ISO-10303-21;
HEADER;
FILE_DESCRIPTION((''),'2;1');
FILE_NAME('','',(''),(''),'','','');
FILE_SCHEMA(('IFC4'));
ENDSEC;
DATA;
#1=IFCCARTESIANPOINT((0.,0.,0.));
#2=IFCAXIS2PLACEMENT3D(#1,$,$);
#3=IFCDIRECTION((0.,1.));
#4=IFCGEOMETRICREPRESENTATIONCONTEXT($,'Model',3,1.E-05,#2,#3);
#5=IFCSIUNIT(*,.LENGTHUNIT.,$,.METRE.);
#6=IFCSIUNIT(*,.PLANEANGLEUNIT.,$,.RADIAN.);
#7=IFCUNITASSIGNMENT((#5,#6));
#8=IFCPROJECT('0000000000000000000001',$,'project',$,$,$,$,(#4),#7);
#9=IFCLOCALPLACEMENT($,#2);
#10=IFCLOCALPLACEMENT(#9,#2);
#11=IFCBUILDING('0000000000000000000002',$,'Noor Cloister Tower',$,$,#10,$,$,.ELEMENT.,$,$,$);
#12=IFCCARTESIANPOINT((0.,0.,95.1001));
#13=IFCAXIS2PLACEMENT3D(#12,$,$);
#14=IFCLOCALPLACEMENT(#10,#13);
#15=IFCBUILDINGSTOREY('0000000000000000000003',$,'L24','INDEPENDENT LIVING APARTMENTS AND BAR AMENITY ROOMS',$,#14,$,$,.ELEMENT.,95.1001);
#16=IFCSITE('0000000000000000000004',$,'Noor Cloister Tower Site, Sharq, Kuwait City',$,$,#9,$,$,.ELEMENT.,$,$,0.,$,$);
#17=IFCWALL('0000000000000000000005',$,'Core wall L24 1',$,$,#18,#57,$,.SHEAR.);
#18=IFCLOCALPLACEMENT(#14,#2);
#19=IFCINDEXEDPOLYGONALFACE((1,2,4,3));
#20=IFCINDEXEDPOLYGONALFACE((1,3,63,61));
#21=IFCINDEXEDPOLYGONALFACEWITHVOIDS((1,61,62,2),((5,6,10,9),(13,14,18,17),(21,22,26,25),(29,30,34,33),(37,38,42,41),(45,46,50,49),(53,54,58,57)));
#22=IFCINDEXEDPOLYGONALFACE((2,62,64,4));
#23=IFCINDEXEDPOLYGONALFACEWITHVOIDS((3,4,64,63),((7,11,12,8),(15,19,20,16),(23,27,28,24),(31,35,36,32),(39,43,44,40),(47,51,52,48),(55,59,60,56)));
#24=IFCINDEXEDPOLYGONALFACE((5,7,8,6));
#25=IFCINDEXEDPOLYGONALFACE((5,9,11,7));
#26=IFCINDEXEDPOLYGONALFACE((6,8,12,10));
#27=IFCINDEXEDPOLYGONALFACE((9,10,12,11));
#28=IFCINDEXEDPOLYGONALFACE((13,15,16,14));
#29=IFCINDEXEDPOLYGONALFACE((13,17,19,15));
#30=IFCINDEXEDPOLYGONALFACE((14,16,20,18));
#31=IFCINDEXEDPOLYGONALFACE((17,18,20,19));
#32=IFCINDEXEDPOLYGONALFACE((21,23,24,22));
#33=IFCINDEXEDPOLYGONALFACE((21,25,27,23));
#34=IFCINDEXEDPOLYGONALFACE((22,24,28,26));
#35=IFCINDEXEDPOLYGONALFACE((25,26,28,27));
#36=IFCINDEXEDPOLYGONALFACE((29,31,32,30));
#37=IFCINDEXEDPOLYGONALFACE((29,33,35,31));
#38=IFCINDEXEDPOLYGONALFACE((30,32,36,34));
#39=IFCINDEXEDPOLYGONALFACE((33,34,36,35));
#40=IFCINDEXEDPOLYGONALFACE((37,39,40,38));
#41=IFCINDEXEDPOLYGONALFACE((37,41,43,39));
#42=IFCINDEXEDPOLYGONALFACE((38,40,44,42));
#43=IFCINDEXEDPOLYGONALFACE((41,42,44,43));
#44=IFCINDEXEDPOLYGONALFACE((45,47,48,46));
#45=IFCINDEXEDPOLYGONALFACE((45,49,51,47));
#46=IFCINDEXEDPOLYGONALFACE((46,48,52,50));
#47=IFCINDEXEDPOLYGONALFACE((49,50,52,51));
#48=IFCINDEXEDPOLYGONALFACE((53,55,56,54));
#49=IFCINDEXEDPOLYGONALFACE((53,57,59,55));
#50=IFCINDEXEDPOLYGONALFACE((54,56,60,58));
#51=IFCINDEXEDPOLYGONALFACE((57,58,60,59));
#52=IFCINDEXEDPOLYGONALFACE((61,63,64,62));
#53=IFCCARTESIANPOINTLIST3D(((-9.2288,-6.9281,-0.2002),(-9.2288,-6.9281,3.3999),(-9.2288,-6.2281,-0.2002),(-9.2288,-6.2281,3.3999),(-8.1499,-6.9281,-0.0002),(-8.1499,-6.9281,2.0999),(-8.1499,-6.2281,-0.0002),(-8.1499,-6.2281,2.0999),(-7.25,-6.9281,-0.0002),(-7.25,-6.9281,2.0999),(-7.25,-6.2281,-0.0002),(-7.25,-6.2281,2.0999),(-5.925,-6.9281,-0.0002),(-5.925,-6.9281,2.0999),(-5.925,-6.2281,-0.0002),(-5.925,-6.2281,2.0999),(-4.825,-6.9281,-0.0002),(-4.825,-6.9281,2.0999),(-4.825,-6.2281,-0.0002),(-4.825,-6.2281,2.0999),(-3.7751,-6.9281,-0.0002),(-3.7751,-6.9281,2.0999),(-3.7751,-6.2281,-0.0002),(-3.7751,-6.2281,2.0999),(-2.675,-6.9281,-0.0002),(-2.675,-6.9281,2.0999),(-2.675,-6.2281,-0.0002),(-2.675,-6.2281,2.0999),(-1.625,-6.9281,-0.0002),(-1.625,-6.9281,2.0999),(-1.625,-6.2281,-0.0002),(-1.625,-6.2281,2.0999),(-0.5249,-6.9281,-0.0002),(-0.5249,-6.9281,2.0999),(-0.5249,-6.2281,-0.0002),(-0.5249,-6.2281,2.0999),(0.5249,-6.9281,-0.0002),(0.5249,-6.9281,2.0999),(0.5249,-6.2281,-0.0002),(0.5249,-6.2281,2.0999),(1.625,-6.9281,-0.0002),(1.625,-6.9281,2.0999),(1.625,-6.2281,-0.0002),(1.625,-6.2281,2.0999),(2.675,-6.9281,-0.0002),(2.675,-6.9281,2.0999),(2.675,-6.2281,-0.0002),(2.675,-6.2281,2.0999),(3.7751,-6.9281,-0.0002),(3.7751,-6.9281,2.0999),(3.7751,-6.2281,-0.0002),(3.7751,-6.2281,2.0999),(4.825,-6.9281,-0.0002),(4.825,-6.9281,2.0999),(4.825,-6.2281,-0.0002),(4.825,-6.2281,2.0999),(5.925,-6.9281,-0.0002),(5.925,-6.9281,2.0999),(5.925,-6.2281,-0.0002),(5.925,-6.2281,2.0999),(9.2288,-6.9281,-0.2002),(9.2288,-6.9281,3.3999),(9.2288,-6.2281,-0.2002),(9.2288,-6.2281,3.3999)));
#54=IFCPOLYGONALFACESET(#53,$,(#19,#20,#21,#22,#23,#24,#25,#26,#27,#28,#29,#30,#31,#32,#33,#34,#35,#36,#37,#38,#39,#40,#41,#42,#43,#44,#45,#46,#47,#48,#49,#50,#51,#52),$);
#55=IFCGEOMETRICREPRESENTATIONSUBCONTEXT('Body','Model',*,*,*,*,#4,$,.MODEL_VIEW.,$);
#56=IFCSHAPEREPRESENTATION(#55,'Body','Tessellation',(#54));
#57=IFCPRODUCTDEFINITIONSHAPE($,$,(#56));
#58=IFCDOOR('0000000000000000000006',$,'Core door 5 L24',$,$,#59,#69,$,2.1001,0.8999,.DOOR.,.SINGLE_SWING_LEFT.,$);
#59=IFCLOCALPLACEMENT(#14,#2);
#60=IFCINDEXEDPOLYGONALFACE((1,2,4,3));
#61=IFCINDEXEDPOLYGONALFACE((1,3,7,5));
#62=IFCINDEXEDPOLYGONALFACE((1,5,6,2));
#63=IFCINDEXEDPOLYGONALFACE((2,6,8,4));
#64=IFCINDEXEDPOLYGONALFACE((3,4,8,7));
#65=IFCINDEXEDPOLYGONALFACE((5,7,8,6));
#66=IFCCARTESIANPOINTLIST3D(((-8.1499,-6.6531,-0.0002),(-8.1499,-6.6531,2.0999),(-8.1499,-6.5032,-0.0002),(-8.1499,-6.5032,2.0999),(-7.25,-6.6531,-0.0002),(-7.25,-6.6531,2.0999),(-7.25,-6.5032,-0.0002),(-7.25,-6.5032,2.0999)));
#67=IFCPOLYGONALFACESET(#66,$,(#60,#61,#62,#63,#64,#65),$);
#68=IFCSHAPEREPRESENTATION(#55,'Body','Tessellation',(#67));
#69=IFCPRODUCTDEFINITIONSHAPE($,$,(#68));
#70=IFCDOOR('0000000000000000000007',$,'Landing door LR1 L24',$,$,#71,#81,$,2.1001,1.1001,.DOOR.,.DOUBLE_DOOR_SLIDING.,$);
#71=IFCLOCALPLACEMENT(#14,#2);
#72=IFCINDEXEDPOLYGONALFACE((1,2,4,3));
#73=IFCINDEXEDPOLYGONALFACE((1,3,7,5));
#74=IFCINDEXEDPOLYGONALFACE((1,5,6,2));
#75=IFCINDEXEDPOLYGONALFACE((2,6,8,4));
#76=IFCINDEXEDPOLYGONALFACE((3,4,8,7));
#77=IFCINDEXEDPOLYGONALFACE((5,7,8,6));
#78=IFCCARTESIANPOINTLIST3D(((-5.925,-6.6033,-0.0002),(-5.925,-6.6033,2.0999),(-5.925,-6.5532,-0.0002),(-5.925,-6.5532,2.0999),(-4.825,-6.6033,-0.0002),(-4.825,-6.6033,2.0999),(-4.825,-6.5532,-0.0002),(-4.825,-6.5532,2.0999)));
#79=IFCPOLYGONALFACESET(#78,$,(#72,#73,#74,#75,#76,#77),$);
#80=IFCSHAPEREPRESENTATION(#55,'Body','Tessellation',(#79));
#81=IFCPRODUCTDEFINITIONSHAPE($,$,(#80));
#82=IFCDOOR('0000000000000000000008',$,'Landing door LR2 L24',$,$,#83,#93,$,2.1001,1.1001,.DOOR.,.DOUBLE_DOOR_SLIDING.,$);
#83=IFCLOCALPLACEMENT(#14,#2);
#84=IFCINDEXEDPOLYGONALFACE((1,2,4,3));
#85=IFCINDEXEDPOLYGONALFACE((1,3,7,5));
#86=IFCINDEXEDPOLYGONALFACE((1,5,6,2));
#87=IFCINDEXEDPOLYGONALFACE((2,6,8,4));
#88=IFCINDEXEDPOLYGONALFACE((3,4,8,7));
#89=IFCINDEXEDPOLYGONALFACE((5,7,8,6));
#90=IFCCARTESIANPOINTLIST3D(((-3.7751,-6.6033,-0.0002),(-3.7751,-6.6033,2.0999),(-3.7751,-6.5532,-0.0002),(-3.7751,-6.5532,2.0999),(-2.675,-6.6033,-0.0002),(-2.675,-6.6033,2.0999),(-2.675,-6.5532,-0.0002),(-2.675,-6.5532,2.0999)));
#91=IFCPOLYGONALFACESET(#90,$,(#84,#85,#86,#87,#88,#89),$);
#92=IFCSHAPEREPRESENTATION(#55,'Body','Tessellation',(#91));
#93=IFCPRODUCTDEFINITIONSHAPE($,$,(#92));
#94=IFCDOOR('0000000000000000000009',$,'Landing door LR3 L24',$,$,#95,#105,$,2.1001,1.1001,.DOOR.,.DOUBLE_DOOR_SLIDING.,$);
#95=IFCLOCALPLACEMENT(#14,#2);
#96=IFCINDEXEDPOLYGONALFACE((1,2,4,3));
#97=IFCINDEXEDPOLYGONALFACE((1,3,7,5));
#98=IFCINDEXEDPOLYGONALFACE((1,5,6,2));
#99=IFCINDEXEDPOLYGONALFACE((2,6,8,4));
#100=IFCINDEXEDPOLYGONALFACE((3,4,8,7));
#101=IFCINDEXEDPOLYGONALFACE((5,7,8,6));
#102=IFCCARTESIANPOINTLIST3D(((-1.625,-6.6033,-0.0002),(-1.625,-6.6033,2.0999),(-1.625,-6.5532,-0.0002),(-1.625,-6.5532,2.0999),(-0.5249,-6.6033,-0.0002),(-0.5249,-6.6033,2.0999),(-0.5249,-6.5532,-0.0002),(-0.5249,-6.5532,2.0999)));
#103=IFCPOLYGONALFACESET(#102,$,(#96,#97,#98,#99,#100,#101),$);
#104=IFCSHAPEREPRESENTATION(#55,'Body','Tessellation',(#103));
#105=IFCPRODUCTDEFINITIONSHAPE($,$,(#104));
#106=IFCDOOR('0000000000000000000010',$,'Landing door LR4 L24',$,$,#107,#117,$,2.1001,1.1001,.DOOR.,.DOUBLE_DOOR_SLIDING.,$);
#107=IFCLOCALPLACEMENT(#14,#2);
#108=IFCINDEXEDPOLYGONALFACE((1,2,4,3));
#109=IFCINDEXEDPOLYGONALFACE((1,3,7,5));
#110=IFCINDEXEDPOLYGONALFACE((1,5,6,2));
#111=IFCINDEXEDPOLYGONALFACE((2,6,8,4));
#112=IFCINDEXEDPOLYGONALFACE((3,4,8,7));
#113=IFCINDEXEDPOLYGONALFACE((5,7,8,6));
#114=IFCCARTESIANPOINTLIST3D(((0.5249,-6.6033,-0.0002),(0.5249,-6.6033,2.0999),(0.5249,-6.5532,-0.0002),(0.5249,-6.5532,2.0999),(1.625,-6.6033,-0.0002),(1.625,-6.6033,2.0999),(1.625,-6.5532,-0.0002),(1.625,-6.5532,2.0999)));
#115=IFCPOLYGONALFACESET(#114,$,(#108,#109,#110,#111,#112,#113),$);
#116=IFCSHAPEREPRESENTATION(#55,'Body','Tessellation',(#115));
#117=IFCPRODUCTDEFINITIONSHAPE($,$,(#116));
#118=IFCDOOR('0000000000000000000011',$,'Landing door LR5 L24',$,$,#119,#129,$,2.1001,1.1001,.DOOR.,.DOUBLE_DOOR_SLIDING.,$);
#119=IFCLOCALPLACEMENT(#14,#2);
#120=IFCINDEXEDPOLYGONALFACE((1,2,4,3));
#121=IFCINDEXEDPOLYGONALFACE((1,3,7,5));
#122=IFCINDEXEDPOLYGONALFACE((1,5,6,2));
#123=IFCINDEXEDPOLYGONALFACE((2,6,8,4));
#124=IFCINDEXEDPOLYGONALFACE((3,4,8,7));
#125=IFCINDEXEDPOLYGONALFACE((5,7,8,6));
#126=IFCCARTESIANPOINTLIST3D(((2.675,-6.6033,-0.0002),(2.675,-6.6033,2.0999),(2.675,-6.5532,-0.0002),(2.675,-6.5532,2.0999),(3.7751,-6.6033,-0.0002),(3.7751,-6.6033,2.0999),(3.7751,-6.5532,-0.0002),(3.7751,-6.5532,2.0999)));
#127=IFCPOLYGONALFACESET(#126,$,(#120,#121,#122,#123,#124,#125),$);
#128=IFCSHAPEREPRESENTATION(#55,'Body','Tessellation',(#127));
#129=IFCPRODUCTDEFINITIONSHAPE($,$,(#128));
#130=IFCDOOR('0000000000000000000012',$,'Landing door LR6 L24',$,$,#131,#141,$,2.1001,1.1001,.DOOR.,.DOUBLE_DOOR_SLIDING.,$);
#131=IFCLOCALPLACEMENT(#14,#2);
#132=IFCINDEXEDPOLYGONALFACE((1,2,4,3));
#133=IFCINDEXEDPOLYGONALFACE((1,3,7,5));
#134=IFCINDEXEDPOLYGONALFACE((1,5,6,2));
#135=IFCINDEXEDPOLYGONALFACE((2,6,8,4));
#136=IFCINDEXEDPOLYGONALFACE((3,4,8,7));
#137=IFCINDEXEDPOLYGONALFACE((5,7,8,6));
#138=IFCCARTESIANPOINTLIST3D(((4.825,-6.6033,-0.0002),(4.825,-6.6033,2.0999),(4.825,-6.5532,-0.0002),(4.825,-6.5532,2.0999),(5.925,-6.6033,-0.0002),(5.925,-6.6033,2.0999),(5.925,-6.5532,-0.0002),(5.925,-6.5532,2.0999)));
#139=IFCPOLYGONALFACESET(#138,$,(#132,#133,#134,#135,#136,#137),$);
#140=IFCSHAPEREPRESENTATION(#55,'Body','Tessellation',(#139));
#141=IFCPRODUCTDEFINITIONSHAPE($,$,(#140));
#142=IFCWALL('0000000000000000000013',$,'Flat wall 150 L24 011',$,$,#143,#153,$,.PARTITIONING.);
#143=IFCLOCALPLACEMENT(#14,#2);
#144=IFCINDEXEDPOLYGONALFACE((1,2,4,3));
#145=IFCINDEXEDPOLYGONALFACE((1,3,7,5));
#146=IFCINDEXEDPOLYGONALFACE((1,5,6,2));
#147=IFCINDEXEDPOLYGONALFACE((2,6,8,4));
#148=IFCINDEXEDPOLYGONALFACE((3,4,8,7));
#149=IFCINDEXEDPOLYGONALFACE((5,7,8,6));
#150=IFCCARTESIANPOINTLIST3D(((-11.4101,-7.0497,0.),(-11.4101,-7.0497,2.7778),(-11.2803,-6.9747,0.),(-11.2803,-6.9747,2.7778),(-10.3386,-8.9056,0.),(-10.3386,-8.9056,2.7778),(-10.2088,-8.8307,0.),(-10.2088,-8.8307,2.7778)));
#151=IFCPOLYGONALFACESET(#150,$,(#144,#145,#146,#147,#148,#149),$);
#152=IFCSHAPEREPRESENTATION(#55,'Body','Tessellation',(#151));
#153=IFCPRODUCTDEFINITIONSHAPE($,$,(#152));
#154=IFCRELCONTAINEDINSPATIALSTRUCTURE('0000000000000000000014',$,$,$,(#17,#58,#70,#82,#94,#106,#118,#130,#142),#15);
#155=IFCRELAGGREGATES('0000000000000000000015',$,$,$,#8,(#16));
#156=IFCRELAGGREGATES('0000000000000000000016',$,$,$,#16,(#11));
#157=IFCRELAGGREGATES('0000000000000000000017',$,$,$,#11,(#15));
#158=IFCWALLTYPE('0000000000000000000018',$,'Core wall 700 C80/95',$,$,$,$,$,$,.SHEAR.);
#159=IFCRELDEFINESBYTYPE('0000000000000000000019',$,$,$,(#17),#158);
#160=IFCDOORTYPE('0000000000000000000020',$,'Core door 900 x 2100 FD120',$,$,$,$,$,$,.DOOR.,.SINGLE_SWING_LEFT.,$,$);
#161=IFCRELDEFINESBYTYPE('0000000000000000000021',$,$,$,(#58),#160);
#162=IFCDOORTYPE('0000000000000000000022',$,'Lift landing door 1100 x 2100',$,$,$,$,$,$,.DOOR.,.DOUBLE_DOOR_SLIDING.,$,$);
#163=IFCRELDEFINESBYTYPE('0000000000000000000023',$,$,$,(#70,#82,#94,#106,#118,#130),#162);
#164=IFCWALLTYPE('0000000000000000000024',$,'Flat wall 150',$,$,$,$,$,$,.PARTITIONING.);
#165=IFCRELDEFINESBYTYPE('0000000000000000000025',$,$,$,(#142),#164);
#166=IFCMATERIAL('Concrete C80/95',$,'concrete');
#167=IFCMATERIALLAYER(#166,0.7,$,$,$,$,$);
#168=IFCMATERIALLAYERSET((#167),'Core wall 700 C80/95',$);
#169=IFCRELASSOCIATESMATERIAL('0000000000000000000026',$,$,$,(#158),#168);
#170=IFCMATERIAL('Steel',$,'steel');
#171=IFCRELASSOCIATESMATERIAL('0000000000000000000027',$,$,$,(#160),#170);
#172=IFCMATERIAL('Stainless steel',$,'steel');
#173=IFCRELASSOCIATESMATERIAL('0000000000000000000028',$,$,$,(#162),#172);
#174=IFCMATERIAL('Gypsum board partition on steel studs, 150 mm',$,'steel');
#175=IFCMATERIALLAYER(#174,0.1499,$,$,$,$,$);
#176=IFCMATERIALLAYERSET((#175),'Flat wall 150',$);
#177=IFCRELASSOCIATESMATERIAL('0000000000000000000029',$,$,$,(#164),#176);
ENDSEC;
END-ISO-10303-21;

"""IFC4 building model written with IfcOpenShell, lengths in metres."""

from ifc_helpers import new_model, si_unit, direction, frame, frame_2d, origin, place, context, subcontext, project, spatial, rectangle, extrude, material, layer, layer_set, type_object, element, fill, save


model = new_model("IFC4")

# Units and contexts
model_context = context("Model", 3, precision=1e-05, world=origin(), true_north=direction((0.0, 1.0)))
body_context = subcontext(model_context, "Body", "Model", "MODEL_VIEW")
ifc_project = project(units=[si_unit("LENGTHUNIT", "METRE"), si_unit("PLANEANGLEUNIT", "RADIAN")], contexts=[model_context])

# Site, building, storey
site_placement = place(None, origin())
site = spatial("IfcSite", under=ifc_project, at=site_placement, Name="Noor Cloister Tower Site, Sharq, Kuwait City", CompositionType="ELEMENT", RefElevation=0.0)
building_placement = place(site_placement, origin())
building = spatial("IfcBuilding", under=site, at=building_placement, Name="Noor Cloister Tower", CompositionType="ELEMENT")
storey_placement = place(building_placement, frame((0.0, 0.0, 95.1001)))
storey = spatial("IfcBuildingStorey", under=building, at=storey_placement, Name="L24", Description="INDEPENDENT LIVING APARTMENTS AND BAR AMENITY ROOMS", CompositionType="ELEMENT", Elevation=95.1001)

# Wall, openings, doors
ifc_material_1 = material(Name="Concrete C80/95", Category="concrete")
ifc_layer_1 = layer(ifc_material_1, 0.7)
ifc_layer_set_1 = layer_set([ifc_layer_1], Name="Core wall 700 C80/95")
wall_type_1 = type_object("IfcWallType", Name="Core wall 700 C80/95", PredefinedType="SHEAR", material=ifc_layer_set_1)
wall_1_placement = place(storey_placement, frame((-9.2288, -6.5781, -0.2002), z_axis=(0.0, 0.0, 1.0), x_axis=(1.0, 0.0, 0.0)))
wall_1 = element("IfcWall", 1, at=wall_1_placement, inside=storey, type_object=wall_type_1, Name="Core wall L24 1", PredefinedType="SHEAR", context=body_context, shape_type="SweptSolid", body=[
    extrude(rectangle(XDim=18.4575, YDim=0.7, at=frame_2d((9.2288, 0.0))), origin(), (0.0, 0.0, 1.0), 3.6001),
])
opening_1_placement = place(wall_1_placement, frame((3.3037, 0.0, 0.2)))
opening_1 = element("IfcOpeningElement", 2, at=opening_1_placement, cuts=wall_1, PredefinedType="OPENING", context=body_context, shape_type="SweptSolid", body=[
    extrude(rectangle(XDim=1.1001, YDim=2.1001, at=frame_2d((0.55, 1.05))), frame((0.0, 0.3599, 0.0), z_axis=(0.0, -1.0, 0.0), x_axis=(1.0, 0.0, 0.0)), (0.0, 0.0, 1.0), 0.72),
])
opening_2_placement = place(wall_1_placement, frame((5.4536, 0.0, 0.2)))
opening_2 = element("IfcOpeningElement", 3, at=opening_2_placement, cuts=wall_1, PredefinedType="OPENING", context=body_context, shape_type="SweptSolid", body=[
    extrude(rectangle(XDim=1.1001, YDim=2.1001, at=frame_2d((0.55, 1.05))), frame((0.0, 0.3599, 0.0), z_axis=(0.0, -1.0, 0.0), x_axis=(1.0, 0.0, 0.0)), (0.0, 0.0, 1.0), 0.72),
])
opening_3_placement = place(wall_1_placement, frame((7.6038, 0.0, 0.2)))
opening_3 = element("IfcOpeningElement", 4, at=opening_3_placement, cuts=wall_1, PredefinedType="OPENING", context=body_context, shape_type="SweptSolid", body=[
    extrude(rectangle(XDim=1.1001, YDim=2.1001, at=frame_2d((0.55, 1.05))), frame((0.0, 0.3599, 0.0), z_axis=(0.0, -1.0, 0.0), x_axis=(1.0, 0.0, 0.0)), (0.0, 0.0, 1.0), 0.72),
])
opening_4_placement = place(wall_1_placement, frame((9.7537, 0.0, 0.2)))
opening_4 = element("IfcOpeningElement", 5, at=opening_4_placement, cuts=wall_1, PredefinedType="OPENING", context=body_context, shape_type="SweptSolid", body=[
    extrude(rectangle(XDim=1.1001, YDim=2.1001, at=frame_2d((0.55, 1.05))), frame((0.0, 0.3599, 0.0), z_axis=(0.0, -1.0, 0.0), x_axis=(1.0, 0.0, 0.0)), (0.0, 0.0, 1.0), 0.72),
])
opening_5_placement = place(wall_1_placement, frame((11.9038, 0.0, 0.2)))
opening_5 = element("IfcOpeningElement", 6, at=opening_5_placement, cuts=wall_1, PredefinedType="OPENING", context=body_context, shape_type="SweptSolid", body=[
    extrude(rectangle(XDim=1.1001, YDim=2.1001, at=frame_2d((0.55, 1.05))), frame((0.0, 0.3599, 0.0), z_axis=(0.0, -1.0, 0.0), x_axis=(1.0, 0.0, 0.0)), (0.0, 0.0, 1.0), 0.72),
])
opening_6_placement = place(wall_1_placement, frame((14.0537, 0.0, 0.2)))
opening_6 = element("IfcOpeningElement", 7, at=opening_6_placement, cuts=wall_1, PredefinedType="OPENING", context=body_context, shape_type="SweptSolid", body=[
    extrude(rectangle(XDim=1.1001, YDim=2.1001, at=frame_2d((0.55, 1.05))), frame((0.0, 0.3599, 0.0), z_axis=(0.0, -1.0, 0.0), x_axis=(1.0, 0.0, 0.0)), (0.0, 0.0, 1.0), 0.72),
])
opening_7_placement = place(wall_1_placement, frame((1.0789, 0.0, 0.2)))
opening_7 = element("IfcOpeningElement", 8, at=opening_7_placement, cuts=wall_1, PredefinedType="OPENING", context=body_context, shape_type="SweptSolid", body=[
    extrude(rectangle(XDim=0.8999, YDim=2.1001, at=frame_2d((0.45, 1.05))), frame((0.0, 0.3599, 0.0), z_axis=(0.0, -1.0, 0.0), x_axis=(1.0, 0.0, 0.0)), (0.0, 0.0, 1.0), 0.72),
])
ifc_material_2 = material(Name="Steel", Category="steel")
door_type_1 = type_object("IfcDoorType", Name="Core door 900 x 2100 FD120", OperationType="SINGLE_SWING_LEFT", PredefinedType="DOOR", material=ifc_material_2)
door_1_placement = place(opening_7_placement, origin())
door_1 = element("IfcDoor", 9, at=door_1_placement, inside=storey, type_object=door_type_1, Name="Core door 5 L24", OperationType="SINGLE_SWING_LEFT", OverallHeight=2.1001, OverallWidth=0.8999, PredefinedType="DOOR", context=body_context, shape_type="SweptSolid", body=[
    extrude(rectangle(XDim=0.8999, YDim=2.1001, at=frame_2d((0.45, 1.05))), frame((0.0, 0.075, 0.0), z_axis=(0.0, -1.0, 0.0), x_axis=(1.0, 0.0, 0.0)), (0.0, 0.0, 1.0), 0.1499),
])
fill(opening_7, door_1)
ifc_material_3 = material(Name="Stainless steel", Category="steel")
door_type_2 = type_object("IfcDoorType", Name="Lift landing door 1100 x 2100", OperationType="DOUBLE_DOOR_SLIDING", PredefinedType="DOOR", material=ifc_material_3)
door_2_placement = place(opening_1_placement, origin())
door_2 = element("IfcDoor", 10, at=door_2_placement, inside=storey, type_object=door_type_2, Name="Landing door LR1 L24", OperationType="DOUBLE_DOOR_SLIDING", OverallHeight=2.1001, OverallWidth=1.1001, PredefinedType="DOOR", context=body_context, shape_type="SweptSolid", body=[
    extrude(rectangle(XDim=1.1001, YDim=2.1001, at=frame_2d((0.55, 1.05))), frame((0.0, 0.0249, 0.0), z_axis=(0.0, -1.0, 0.0), x_axis=(1.0, 0.0, 0.0)), (0.0, 0.0, 1.0), 0.05),
])
fill(opening_1, door_2)
door_3_placement = place(opening_2_placement, origin())
door_3 = element("IfcDoor", 11, at=door_3_placement, inside=storey, type_object=door_type_2, Name="Landing door LR2 L24", OperationType="DOUBLE_DOOR_SLIDING", OverallHeight=2.1001, OverallWidth=1.1001, PredefinedType="DOOR", context=body_context, shape_type="SweptSolid", body=[
    extrude(rectangle(XDim=1.1001, YDim=2.1001, at=frame_2d((0.55, 1.05))), frame((0.0, 0.0249, 0.0), z_axis=(0.0, -1.0, 0.0), x_axis=(1.0, 0.0, 0.0)), (0.0, 0.0, 1.0), 0.05),
])
fill(opening_2, door_3)
door_4_placement = place(opening_3_placement, origin())
door_4 = element("IfcDoor", 12, at=door_4_placement, inside=storey, type_object=door_type_2, Name="Landing door LR3 L24", OperationType="DOUBLE_DOOR_SLIDING", OverallHeight=2.1001, OverallWidth=1.1001, PredefinedType="DOOR", context=body_context, shape_type="SweptSolid", body=[
    extrude(rectangle(XDim=1.1001, YDim=2.1001, at=frame_2d((0.55, 1.05))), frame((0.0, 0.0249, 0.0), z_axis=(0.0, -1.0, 0.0), x_axis=(1.0, 0.0, 0.0)), (0.0, 0.0, 1.0), 0.05),
])
fill(opening_3, door_4)
door_5_placement = place(opening_4_placement, origin())
door_5 = element("IfcDoor", 13, at=door_5_placement, inside=storey, type_object=door_type_2, Name="Landing door LR4 L24", OperationType="DOUBLE_DOOR_SLIDING", OverallHeight=2.1001, OverallWidth=1.1001, PredefinedType="DOOR", context=body_context, shape_type="SweptSolid", body=[
    extrude(rectangle(XDim=1.1001, YDim=2.1001, at=frame_2d((0.55, 1.05))), frame((0.0, 0.0249, 0.0), z_axis=(0.0, -1.0, 0.0), x_axis=(1.0, 0.0, 0.0)), (0.0, 0.0, 1.0), 0.05),
])
fill(opening_4, door_5)
door_6_placement = place(opening_5_placement, origin())
door_6 = element("IfcDoor", 14, at=door_6_placement, inside=storey, type_object=door_type_2, Name="Landing door LR5 L24", OperationType="DOUBLE_DOOR_SLIDING", OverallHeight=2.1001, OverallWidth=1.1001, PredefinedType="DOOR", context=body_context, shape_type="SweptSolid", body=[
    extrude(rectangle(XDim=1.1001, YDim=2.1001, at=frame_2d((0.55, 1.05))), frame((0.0, 0.0249, 0.0), z_axis=(0.0, -1.0, 0.0), x_axis=(1.0, 0.0, 0.0)), (0.0, 0.0, 1.0), 0.05),
])
fill(opening_5, door_6)
door_7_placement = place(opening_6_placement, origin())
door_7 = element("IfcDoor", 15, at=door_7_placement, inside=storey, type_object=door_type_2, Name="Landing door LR6 L24", OperationType="DOUBLE_DOOR_SLIDING", OverallHeight=2.1001, OverallWidth=1.1001, PredefinedType="DOOR", context=body_context, shape_type="SweptSolid", body=[
    extrude(rectangle(XDim=1.1001, YDim=2.1001, at=frame_2d((0.55, 1.05))), frame((0.0, 0.0249, 0.0), z_axis=(0.0, -1.0, 0.0), x_axis=(1.0, 0.0, 0.0)), (0.0, 0.0, 1.0), 0.05),
])
fill(opening_6, door_7)

# Wall
ifc_material_4 = material(Name="Gypsum board partition on steel studs, 150 mm", Category="steel")
ifc_layer_2 = layer(ifc_material_4, 0.1499)
ifc_layer_set_2 = layer_set([ifc_layer_2], Name="Flat wall 150")
wall_type_2 = type_object("IfcWallType", Name="Flat wall 150", PredefinedType="PARTITIONING", material=ifc_layer_set_2)
wall_2_placement = place(storey_placement, frame((-11.3452, -7.0122, 0.0), z_axis=(0.0, 0.0, 1.0), x_axis=(0.499999, -0.866026, 0.0)))
element("IfcWall", 16, at=wall_2_placement, inside=storey, type_object=wall_type_2, Name="Flat wall 150 L24 011", PredefinedType="PARTITIONING", context=body_context, shape_type="SweptSolid", body=[
    extrude(rectangle(XDim=2.1431, YDim=0.1499, at=frame_2d((1.0715, 0.0))), origin(), (0.0, 0.0, 1.0), 2.7778),
])

save(model, "model.ifc")
